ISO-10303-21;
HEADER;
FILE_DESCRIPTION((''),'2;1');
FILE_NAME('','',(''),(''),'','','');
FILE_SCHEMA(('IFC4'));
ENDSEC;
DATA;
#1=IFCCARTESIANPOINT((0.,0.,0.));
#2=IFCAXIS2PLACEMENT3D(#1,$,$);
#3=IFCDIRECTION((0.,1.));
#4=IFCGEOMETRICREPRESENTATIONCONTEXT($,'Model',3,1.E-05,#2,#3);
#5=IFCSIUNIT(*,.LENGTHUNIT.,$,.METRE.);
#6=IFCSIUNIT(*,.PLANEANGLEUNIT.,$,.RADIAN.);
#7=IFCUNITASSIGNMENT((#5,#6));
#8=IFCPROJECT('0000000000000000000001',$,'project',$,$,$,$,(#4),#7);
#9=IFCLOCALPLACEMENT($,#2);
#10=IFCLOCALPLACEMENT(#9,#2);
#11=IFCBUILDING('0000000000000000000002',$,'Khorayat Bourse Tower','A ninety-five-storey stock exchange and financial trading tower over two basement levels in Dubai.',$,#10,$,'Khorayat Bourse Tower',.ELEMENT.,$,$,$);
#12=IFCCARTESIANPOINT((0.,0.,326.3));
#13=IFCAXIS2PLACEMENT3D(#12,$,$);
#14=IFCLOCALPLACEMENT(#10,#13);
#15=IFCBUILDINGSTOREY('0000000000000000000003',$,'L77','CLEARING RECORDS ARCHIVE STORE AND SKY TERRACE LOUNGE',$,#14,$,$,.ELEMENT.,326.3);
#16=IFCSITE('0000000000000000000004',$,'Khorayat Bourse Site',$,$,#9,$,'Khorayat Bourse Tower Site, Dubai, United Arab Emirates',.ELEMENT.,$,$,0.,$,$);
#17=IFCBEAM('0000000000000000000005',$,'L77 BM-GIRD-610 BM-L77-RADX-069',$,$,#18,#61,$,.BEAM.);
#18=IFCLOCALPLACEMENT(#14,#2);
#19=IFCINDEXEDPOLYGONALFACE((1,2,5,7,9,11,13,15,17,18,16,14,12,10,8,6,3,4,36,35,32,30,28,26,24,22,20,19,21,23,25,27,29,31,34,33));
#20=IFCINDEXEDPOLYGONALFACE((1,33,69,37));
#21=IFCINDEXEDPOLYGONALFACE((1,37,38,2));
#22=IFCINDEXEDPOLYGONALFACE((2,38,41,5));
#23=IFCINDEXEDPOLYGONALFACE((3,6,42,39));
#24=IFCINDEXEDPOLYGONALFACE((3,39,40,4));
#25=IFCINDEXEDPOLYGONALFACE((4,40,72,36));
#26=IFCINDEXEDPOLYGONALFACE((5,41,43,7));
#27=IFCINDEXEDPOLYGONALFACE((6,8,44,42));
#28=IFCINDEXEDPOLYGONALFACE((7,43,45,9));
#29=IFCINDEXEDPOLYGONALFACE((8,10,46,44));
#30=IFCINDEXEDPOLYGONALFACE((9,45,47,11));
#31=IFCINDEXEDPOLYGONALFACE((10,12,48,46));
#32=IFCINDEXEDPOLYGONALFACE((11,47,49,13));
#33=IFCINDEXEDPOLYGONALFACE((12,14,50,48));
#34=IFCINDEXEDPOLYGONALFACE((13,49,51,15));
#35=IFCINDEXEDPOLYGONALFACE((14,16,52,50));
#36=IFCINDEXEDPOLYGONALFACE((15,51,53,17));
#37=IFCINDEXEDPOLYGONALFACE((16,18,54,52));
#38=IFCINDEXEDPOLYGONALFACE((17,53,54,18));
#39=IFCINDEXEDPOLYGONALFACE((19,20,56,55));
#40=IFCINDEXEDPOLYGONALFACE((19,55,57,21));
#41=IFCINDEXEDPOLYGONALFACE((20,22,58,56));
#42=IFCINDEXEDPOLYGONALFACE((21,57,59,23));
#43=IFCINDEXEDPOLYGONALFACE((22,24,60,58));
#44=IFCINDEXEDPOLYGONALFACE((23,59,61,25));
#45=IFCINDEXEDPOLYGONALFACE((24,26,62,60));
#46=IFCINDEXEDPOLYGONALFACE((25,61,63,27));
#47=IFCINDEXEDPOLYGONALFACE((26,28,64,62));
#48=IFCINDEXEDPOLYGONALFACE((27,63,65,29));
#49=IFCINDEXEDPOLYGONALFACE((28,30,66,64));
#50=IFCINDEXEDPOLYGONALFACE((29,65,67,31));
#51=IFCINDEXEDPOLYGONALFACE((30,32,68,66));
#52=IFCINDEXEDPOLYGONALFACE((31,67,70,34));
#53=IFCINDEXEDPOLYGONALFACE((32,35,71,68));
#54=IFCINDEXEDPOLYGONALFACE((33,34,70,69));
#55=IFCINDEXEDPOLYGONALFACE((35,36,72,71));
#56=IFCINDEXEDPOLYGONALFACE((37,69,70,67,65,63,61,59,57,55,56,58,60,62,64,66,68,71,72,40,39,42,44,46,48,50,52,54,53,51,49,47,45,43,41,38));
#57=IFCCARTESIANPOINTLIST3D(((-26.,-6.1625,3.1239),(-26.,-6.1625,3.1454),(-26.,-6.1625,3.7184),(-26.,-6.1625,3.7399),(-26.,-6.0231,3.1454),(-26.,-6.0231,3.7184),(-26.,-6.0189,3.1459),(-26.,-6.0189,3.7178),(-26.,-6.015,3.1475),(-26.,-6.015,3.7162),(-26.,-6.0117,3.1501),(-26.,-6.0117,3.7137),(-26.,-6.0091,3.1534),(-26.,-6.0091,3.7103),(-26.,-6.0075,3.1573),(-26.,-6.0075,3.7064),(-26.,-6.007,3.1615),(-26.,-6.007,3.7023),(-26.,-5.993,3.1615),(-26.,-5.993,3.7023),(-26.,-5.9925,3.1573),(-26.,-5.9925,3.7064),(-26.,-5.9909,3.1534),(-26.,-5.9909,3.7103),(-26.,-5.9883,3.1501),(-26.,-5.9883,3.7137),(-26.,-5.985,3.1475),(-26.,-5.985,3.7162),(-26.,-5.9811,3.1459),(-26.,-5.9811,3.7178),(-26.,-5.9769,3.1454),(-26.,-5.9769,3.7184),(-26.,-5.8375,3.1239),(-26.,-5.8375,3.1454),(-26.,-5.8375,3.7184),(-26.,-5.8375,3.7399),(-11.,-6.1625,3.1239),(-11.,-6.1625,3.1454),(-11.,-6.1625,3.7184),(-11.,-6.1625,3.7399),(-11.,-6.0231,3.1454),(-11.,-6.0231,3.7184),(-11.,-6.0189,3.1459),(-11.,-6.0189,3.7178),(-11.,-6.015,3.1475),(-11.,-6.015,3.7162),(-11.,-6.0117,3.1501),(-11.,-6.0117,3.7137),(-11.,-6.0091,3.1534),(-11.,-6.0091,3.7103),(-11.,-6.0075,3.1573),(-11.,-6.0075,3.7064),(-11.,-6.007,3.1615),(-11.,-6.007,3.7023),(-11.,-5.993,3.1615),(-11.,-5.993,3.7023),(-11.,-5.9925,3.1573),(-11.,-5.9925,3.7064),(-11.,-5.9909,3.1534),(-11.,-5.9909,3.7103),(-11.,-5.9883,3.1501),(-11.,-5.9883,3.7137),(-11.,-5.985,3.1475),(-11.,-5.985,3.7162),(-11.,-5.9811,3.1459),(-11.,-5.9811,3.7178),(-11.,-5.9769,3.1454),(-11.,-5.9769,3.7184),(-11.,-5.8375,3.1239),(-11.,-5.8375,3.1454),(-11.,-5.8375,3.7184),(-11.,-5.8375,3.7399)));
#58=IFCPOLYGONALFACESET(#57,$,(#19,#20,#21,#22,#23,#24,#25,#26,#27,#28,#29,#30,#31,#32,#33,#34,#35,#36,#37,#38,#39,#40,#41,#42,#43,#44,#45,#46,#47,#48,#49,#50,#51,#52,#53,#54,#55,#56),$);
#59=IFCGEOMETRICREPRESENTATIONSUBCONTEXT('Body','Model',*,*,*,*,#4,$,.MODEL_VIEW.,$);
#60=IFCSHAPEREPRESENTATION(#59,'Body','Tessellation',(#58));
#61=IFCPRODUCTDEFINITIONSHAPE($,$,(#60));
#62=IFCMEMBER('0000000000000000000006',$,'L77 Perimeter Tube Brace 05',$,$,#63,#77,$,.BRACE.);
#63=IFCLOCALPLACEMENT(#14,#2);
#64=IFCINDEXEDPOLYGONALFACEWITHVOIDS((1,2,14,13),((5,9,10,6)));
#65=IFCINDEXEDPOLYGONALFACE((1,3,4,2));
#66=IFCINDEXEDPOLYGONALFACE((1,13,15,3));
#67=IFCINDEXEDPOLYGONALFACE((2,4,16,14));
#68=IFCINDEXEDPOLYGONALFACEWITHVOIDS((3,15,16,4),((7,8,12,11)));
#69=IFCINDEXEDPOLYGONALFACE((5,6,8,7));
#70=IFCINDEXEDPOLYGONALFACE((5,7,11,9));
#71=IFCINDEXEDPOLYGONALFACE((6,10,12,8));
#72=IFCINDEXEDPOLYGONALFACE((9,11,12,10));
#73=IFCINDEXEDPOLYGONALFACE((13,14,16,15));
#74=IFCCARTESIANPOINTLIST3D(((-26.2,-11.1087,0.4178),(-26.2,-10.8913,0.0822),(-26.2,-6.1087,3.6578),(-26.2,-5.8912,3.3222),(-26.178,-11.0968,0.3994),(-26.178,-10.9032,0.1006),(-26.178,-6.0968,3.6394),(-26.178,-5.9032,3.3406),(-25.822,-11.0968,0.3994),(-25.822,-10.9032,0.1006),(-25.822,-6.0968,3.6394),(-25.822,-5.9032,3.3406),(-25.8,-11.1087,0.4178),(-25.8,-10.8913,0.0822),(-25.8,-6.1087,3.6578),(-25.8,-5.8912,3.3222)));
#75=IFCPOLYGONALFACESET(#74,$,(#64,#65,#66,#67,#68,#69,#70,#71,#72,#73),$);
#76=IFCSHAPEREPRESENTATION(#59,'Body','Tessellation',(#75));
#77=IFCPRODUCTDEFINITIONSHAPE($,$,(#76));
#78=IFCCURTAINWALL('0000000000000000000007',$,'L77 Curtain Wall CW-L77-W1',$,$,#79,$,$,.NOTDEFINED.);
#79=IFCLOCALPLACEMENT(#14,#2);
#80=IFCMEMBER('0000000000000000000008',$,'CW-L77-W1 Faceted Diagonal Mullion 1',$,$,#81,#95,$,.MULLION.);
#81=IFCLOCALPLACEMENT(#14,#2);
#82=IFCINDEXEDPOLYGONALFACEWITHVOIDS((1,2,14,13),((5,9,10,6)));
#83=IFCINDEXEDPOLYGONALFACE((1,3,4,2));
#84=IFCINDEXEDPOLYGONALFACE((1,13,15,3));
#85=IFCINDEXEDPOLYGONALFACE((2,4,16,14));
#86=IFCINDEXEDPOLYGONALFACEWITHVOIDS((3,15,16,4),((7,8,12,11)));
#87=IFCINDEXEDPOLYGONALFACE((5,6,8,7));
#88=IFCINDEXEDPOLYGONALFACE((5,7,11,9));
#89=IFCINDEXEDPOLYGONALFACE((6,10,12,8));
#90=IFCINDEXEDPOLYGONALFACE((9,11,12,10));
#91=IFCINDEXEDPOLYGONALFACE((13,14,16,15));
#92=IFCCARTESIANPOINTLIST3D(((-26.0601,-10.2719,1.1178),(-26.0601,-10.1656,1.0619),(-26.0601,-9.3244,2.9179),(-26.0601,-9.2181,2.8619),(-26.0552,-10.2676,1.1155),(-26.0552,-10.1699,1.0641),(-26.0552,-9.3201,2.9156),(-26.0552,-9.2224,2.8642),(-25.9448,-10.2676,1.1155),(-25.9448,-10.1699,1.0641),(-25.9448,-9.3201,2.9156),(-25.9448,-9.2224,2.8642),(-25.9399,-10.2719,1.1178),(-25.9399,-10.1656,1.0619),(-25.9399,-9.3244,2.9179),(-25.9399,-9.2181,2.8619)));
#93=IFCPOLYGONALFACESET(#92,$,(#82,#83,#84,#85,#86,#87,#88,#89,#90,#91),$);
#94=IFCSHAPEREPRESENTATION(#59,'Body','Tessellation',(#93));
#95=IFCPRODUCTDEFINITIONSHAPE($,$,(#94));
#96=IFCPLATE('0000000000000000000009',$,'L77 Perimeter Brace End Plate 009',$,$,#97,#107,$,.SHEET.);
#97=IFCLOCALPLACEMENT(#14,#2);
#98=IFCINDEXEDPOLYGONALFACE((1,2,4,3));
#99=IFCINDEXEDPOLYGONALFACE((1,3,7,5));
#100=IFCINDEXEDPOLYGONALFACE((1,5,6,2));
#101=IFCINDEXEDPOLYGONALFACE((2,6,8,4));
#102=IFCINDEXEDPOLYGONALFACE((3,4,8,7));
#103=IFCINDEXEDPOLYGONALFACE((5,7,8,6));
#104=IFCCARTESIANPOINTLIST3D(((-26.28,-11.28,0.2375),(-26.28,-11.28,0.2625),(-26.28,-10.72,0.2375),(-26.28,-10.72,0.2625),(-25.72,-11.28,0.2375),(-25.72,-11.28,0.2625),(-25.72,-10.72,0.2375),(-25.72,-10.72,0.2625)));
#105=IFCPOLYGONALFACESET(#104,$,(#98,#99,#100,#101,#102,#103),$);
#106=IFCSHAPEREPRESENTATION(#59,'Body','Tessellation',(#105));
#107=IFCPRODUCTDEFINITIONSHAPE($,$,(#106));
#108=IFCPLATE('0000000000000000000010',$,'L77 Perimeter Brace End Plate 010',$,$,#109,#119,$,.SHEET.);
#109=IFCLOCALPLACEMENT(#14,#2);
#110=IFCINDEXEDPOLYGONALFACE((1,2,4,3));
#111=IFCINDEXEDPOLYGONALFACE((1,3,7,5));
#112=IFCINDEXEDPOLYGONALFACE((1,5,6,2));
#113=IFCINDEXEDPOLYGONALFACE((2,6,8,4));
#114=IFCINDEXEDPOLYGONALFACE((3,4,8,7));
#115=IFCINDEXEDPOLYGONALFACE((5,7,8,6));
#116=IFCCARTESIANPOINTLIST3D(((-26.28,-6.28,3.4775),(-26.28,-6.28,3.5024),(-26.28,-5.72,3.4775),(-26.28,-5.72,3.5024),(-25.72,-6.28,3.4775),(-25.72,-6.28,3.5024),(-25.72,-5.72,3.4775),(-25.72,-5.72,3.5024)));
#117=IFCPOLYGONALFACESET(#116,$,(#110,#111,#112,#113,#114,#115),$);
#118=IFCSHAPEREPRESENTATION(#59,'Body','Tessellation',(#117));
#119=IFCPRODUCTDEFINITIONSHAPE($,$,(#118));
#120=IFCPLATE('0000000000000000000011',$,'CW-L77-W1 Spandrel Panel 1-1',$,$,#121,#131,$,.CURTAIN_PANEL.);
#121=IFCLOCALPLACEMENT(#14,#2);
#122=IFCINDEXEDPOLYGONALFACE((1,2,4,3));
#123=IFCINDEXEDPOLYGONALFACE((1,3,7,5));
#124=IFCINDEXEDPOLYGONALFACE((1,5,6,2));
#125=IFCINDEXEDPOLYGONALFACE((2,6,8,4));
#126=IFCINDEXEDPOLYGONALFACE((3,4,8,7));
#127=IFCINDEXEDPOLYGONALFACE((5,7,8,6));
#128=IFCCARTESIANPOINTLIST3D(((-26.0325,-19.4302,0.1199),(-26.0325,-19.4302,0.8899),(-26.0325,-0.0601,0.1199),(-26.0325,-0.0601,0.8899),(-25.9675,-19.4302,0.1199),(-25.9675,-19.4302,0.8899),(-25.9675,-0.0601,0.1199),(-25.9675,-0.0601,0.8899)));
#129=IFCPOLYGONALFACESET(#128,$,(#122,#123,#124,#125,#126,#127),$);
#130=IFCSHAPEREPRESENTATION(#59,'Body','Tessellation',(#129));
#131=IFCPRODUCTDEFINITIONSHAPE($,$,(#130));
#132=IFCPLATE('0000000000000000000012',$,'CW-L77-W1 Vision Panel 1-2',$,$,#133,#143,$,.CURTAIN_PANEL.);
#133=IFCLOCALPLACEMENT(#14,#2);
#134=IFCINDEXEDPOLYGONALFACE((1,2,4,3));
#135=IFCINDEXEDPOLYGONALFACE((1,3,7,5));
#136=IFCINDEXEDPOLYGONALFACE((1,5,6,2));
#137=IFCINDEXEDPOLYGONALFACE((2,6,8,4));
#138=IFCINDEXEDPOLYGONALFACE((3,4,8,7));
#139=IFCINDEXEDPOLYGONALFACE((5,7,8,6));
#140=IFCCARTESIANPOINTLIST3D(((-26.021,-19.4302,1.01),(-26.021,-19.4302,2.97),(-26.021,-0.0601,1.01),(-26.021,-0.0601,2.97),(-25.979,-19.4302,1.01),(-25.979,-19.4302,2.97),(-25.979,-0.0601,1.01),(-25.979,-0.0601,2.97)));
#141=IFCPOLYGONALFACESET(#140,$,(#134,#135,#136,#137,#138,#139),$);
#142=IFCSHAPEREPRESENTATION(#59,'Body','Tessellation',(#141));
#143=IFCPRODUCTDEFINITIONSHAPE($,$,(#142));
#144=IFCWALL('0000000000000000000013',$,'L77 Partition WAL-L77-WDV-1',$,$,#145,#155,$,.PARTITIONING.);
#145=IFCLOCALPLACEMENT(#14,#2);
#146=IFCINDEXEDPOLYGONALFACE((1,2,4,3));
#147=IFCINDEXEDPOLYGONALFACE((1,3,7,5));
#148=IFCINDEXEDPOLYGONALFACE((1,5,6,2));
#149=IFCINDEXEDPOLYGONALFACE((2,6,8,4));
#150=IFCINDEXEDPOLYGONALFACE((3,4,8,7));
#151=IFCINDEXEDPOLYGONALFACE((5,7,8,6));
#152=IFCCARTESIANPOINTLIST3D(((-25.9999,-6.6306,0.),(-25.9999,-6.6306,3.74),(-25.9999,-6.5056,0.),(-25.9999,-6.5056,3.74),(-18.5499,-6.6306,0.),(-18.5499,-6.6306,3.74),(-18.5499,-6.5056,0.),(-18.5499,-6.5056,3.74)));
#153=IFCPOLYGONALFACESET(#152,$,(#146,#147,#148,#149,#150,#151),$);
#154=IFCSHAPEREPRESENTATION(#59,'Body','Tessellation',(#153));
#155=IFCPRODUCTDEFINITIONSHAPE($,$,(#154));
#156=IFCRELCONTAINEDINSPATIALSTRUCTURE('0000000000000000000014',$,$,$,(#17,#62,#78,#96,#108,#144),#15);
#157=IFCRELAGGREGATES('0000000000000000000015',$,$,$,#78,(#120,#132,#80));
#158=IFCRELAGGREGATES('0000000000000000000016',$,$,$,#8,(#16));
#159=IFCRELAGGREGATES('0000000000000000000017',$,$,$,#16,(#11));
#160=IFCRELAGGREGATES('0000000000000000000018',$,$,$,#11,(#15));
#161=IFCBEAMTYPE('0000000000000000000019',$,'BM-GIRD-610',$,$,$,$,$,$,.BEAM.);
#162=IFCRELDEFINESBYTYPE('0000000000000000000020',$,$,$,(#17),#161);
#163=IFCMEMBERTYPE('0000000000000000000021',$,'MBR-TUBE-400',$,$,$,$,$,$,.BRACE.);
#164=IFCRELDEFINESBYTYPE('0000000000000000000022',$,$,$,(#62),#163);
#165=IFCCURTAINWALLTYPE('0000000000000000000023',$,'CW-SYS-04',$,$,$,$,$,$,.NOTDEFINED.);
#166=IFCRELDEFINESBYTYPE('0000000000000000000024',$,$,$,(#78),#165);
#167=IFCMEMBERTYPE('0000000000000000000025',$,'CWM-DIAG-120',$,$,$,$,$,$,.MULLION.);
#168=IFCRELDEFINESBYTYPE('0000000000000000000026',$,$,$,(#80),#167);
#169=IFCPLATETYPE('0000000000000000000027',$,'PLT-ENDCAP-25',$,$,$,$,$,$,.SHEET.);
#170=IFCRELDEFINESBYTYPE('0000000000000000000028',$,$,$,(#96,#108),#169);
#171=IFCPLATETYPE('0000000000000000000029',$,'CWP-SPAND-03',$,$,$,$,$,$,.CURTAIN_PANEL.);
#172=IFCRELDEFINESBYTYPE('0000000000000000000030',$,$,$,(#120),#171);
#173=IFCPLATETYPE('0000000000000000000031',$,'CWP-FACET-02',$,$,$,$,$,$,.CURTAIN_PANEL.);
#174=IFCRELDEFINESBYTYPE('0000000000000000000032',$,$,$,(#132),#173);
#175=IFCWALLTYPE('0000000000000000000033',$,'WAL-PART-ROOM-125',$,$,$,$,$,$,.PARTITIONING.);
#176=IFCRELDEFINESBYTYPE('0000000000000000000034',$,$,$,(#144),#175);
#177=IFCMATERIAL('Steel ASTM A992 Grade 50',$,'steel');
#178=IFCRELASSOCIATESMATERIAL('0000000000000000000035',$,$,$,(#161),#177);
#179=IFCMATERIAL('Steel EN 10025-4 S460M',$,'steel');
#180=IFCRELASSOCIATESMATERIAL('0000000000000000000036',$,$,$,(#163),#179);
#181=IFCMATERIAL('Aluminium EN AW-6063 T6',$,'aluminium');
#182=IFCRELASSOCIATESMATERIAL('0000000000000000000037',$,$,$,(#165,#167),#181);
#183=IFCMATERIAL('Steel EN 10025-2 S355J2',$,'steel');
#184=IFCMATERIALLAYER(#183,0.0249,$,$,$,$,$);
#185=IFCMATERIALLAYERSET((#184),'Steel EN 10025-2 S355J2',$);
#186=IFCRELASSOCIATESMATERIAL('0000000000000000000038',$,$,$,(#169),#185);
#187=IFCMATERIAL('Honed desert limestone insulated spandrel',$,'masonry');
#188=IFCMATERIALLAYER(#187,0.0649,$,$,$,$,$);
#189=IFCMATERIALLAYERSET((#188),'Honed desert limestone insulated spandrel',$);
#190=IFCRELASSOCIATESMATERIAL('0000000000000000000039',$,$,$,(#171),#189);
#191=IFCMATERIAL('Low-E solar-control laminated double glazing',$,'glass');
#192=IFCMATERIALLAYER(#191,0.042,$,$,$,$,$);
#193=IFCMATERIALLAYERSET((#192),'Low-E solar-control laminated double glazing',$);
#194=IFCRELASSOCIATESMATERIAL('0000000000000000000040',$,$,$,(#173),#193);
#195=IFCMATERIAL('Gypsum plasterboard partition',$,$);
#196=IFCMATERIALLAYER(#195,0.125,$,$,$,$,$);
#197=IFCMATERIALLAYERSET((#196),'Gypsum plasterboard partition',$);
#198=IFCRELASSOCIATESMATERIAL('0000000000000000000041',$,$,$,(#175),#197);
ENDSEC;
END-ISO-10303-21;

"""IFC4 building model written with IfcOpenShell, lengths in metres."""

from ifc_helpers import new_model, si_unit, direction, frame, frame_2d, origin, origin_2d, place, context, subcontext, project, spatial, rectangle, hollow_rectangle, i_section, extrude, source, transform, mapped, material, layer, layer_set, material_profile, profile_set, type_object, element, aggregate, save


model = new_model("IFC4")

# Units and contexts
model_context = context("Model", 3, precision=1e-05, world=origin(), true_north=direction((0.0, 1.0)))
body_context = subcontext(model_context, "Body", "Model", "MODEL_VIEW")
ifc_project = project(units=[si_unit("LENGTHUNIT", "METRE"), si_unit("PLANEANGLEUNIT", "RADIAN")], contexts=[model_context])

# Site, building, storey
site_placement = place(None, origin())
site = spatial("IfcSite", under=ifc_project, at=site_placement, Name="Khorayat Bourse Site", LongName="Khorayat Bourse Tower Site, Dubai, United Arab Emirates", CompositionType="ELEMENT", RefElevation=0.0)
building_placement = place(site_placement, origin())
building = spatial("IfcBuilding", under=site, at=building_placement, Name="Khorayat Bourse Tower", Description="A ninety-five-storey stock exchange and financial trading tower over two basement levels in Dubai.", LongName="Khorayat Bourse Tower", CompositionType="ELEMENT")
storey_placement = place(building_placement, frame((0.0, 0.0, 326.3)))
storey = spatial("IfcBuildingStorey", under=building, at=storey_placement, Name="L77", Description="CLEARING RECORDS ARCHIVE STORE AND SKY TERRACE LOUNGE", CompositionType="ELEMENT", Elevation=326.3)

# Shared definitions
ifc_material_1 = material(Name="Steel EN 10025-2 S355J2", Category="steel")

# Beam
ifc_material_2 = material(Name="Steel ASTM A992 Grade 50", Category="steel")
ifc_material_profile_1 = material_profile(ifc_material_2, i_section(OverallWidth=0.325, OverallDepth=0.616, WebThickness=0.0139, FlangeThickness=0.0215, FilletRadius=0.0161, at=origin_2d()), Name="W610X174")
ifc_profile_set_1 = profile_set([ifc_material_profile_1], Name="Steel ASTM A992 Grade 50")
beam_type_1 = type_object("IfcBeamType", Name="BM-GIRD-610", PredefinedType="BEAM", material=ifc_profile_set_1)
shared_shape_1 = source(origin(), body_context, "Body", "SweptSolid", [
    extrude(i_section(OverallWidth=0.325, OverallDepth=0.616, WebThickness=0.0139, FlangeThickness=0.0215, FilletRadius=0.0161, at=origin_2d()), origin(), (0.0, 0.0, 1.0), 15.0),
])
for number, where, z_axis, x_axis, name in (
    (1, (-26.0, -6.0, 3.4319), (1.0, 0.0, 0.0), (0.0, 1.0, 0.0), "L77 BM-GIRD-610 BM-L77-RADX-069"),
):
    element("IfcBeam", number, at=place(storey_placement, frame(where, z_axis=z_axis, x_axis=x_axis)), inside=storey, type_object=beam_type_1, Name=name, PredefinedType="BEAM", context=body_context, shape_type="MappedRepresentation", body=[
        mapped(shared_shape_1, transform((0.0, 0.0, 0.0), scale=1.0)),
    ])

# Member
ifc_material_3 = material(Name="Steel EN 10025-4 S460M", Category="steel")
ifc_material_profile_2 = material_profile(ifc_material_3, hollow_rectangle(XDim=0.3999, YDim=0.3999, WallThickness=0.022, at=origin_2d()), Name="HSS 400x400x22")
ifc_profile_set_2 = profile_set([ifc_material_profile_2], Name="Steel EN 10025-4 S460M")
member_type_1 = type_object("IfcMemberType", Name="MBR-TUBE-400", PredefinedType="BRACE", material=ifc_profile_set_2)
shared_shape_2 = source(origin(), body_context, "Body", "SweptSolid", [
    extrude(hollow_rectangle(XDim=0.3999, YDim=0.3999, WallThickness=0.022, at=origin_2d()), origin(), (0.0, 0.0, 1.0), 5.958),
])
member_1_placement = place(storey_placement, frame((-26.0, -11.0, 0.25), z_axis=(0.0, 0.83921, 0.543807), x_axis=(-1.0, 0.0, 0.0)))
element("IfcMember", 2, at=member_1_placement, inside=storey, type_object=member_type_1, Name="L77 Perimeter Tube Brace 05", PredefinedType="BRACE", context=body_context, shape_type="MappedRepresentation", body=[
    mapped(shared_shape_2, transform((0.0, 0.0, 0.0), scale=1.0)),
])

# Curtain wall, member
ifc_material_4 = material(Name="Aluminium EN AW-6063 T6", Category="aluminium")
curtain_wall_type = type_object("IfcCurtainWallType", Name="CW-SYS-04", PredefinedType="NOTDEFINED", material=ifc_material_4)
curtain_wall_placement = place(storey_placement, origin())
curtain_wall = element("IfcCurtainWall", 3, at=curtain_wall_placement, inside=storey, type_object=curtain_wall_type, Name="L77 Curtain Wall CW-L77-W1", PredefinedType="NOTDEFINED")
ifc_material_profile_3 = material_profile(ifc_material_4, hollow_rectangle(XDim=0.1201, YDim=0.1201, WallThickness=0.0049, at=origin_2d()), Name="ALU 120x120x5")
ifc_profile_set_3 = profile_set([ifc_material_profile_3], Name="Aluminium EN AW-6063 T6")
member_type_2 = type_object("IfcMemberType", Name="CWM-DIAG-120", PredefinedType="MULLION", material=ifc_profile_set_3)
shared_shape_3 = source(origin(), body_context, "Body", "SweptSolid", [
    extrude(hollow_rectangle(XDim=0.1201, YDim=0.1201, WallThickness=0.0049, at=origin_2d()), origin(), (0.0, 0.0, 1.0), 2.0342),
])
member_2_placement = place(storey_placement, frame((-26.0, -10.2188, 1.0898), z_axis=(0.0, 0.465791, 0.884895), x_axis=(-1.0, 0.0, 0.0)))
member_2 = element("IfcMember", 4, at=member_2_placement, type_object=member_type_2, Name="CW-L77-W1 Faceted Diagonal Mullion 1", PredefinedType="MULLION", context=body_context, shape_type="MappedRepresentation", body=[
    mapped(shared_shape_3, transform((0.0, 0.0, 0.0), scale=1.0)),
])

# Plates
ifc_layer_1 = layer(ifc_material_1, 0.0249)
ifc_layer_set_1 = layer_set([ifc_layer_1], Name="Steel EN 10025-2 S355J2")
plate_type_1 = type_object("IfcPlateType", Name="PLT-ENDCAP-25", PredefinedType="SHEET", material=ifc_layer_set_1)
shared_shape_4 = source(origin(), body_context, "Body", "SweptSolid", [
    extrude(rectangle(XDim=0.5601, YDim=0.5601, at=origin_2d()), origin(), (0.0, 0.0, 1.0), 0.0249),
])
for number, where, z_axis, x_axis, name in (
    (5, (-26.0, -11.0, 0.2375), (0.0, 0.0, 1.0), (1.0, 0.0, 0.0), "L77 Perimeter Brace End Plate 009"),
    (6, (-26.0, -6.0, 3.4775), (0.0, 0.0, 1.0), (1.0, 0.0, 0.0), "L77 Perimeter Brace End Plate 010"),
):
    element("IfcPlate", number, at=place(storey_placement, frame(where, z_axis=z_axis, x_axis=x_axis)), inside=storey, type_object=plate_type_1, Name=name, PredefinedType="SHEET", context=body_context, shape_type="MappedRepresentation", body=[
        mapped(shared_shape_4, transform((0.0, 0.0, 0.0), scale=1.0)),
    ])

# Plates
ifc_material_5 = material(Name="Honed desert limestone insulated spandrel", Category="masonry")
ifc_layer_2 = layer(ifc_material_5, 0.0649)
ifc_layer_set_2 = layer_set([ifc_layer_2], Name="Honed desert limestone insulated spandrel")
plate_type_2 = type_object("IfcPlateType", Name="CWP-SPAND-03", PredefinedType="CURTAIN_PANEL", material=ifc_layer_set_2)
shared_shape_5 = source(origin(), body_context, "Body", "SweptSolid", [
    extrude(rectangle(XDim=19.3701, YDim=0.0649, at=origin_2d()), origin(), (0.0, 0.0, 1.0), 0.77),
])
plate_1_placement = place(storey_placement, frame((-26.0, -9.7451, 0.1199), z_axis=(0.0, 0.0, 1.0), x_axis=(0.0, 1.0, 0.0)))
plate_1 = element("IfcPlate", 7, at=plate_1_placement, type_object=plate_type_2, Name="CW-L77-W1 Spandrel Panel 1-1", PredefinedType="CURTAIN_PANEL", context=body_context, shape_type="MappedRepresentation", body=[
    mapped(shared_shape_5, transform((0.0, 0.0, 0.0), scale=1.0)),
])
ifc_material_6 = material(Name="Low-E solar-control laminated double glazing", Category="glass")
ifc_layer_3 = layer(ifc_material_6, 0.042)
ifc_layer_set_3 = layer_set([ifc_layer_3], Name="Low-E solar-control laminated double glazing")
plate_type_3 = type_object("IfcPlateType", Name="CWP-FACET-02", PredefinedType="CURTAIN_PANEL", material=ifc_layer_set_3)
shared_shape_6 = source(origin(), body_context, "Body", "SweptSolid", [
    extrude(rectangle(XDim=19.3701, YDim=0.042, at=origin_2d()), origin(), (0.0, 0.0, 1.0), 1.96),
])
plate_2_placement = place(storey_placement, frame((-26.0, -9.7451, 1.01), z_axis=(0.0, 0.0, 1.0), x_axis=(0.0, 1.0, 0.0)))
plate_2 = element("IfcPlate", 8, at=plate_2_placement, type_object=plate_type_3, Name="CW-L77-W1 Vision Panel 1-2", PredefinedType="CURTAIN_PANEL", context=body_context, shape_type="MappedRepresentation", body=[
    mapped(shared_shape_6, transform((0.0, 0.0, 0.0), scale=1.0)),
])
aggregate(curtain_wall, [plate_1, plate_2, member_2])

# Wall
ifc_material_7 = material(Name="Gypsum plasterboard partition")
ifc_layer_4 = layer(ifc_material_7, 0.125)
ifc_layer_set_4 = layer_set([ifc_layer_4], Name="Gypsum plasterboard partition")
wall_type = type_object("IfcWallType", Name="WAL-PART-ROOM-125", PredefinedType="PARTITIONING", material=ifc_layer_set_4)
shared_shape_7 = source(origin(), body_context, "Body", "SweptSolid", [
    extrude(rectangle(XDim=7.45, YDim=0.125, at=frame_2d((3.7251, 0.0))), origin(), (0.0, 0.0, 1.0), 3.74),
])
wall_placement = place(storey_placement, frame((-26.0, -6.5681, 0.0), z_axis=(0.0, 0.0, 1.0), x_axis=(1.0, 0.0, 0.0)))
element("IfcWall", 9, at=wall_placement, inside=storey, type_object=wall_type, Name="L77 Partition WAL-L77-WDV-1", PredefinedType="PARTITIONING", context=body_context, shape_type="MappedRepresentation", body=[
    mapped(shared_shape_7, transform((0.0, 0.0, 0.0), scale=1.0)),
])

save(model, "model.ifc")
